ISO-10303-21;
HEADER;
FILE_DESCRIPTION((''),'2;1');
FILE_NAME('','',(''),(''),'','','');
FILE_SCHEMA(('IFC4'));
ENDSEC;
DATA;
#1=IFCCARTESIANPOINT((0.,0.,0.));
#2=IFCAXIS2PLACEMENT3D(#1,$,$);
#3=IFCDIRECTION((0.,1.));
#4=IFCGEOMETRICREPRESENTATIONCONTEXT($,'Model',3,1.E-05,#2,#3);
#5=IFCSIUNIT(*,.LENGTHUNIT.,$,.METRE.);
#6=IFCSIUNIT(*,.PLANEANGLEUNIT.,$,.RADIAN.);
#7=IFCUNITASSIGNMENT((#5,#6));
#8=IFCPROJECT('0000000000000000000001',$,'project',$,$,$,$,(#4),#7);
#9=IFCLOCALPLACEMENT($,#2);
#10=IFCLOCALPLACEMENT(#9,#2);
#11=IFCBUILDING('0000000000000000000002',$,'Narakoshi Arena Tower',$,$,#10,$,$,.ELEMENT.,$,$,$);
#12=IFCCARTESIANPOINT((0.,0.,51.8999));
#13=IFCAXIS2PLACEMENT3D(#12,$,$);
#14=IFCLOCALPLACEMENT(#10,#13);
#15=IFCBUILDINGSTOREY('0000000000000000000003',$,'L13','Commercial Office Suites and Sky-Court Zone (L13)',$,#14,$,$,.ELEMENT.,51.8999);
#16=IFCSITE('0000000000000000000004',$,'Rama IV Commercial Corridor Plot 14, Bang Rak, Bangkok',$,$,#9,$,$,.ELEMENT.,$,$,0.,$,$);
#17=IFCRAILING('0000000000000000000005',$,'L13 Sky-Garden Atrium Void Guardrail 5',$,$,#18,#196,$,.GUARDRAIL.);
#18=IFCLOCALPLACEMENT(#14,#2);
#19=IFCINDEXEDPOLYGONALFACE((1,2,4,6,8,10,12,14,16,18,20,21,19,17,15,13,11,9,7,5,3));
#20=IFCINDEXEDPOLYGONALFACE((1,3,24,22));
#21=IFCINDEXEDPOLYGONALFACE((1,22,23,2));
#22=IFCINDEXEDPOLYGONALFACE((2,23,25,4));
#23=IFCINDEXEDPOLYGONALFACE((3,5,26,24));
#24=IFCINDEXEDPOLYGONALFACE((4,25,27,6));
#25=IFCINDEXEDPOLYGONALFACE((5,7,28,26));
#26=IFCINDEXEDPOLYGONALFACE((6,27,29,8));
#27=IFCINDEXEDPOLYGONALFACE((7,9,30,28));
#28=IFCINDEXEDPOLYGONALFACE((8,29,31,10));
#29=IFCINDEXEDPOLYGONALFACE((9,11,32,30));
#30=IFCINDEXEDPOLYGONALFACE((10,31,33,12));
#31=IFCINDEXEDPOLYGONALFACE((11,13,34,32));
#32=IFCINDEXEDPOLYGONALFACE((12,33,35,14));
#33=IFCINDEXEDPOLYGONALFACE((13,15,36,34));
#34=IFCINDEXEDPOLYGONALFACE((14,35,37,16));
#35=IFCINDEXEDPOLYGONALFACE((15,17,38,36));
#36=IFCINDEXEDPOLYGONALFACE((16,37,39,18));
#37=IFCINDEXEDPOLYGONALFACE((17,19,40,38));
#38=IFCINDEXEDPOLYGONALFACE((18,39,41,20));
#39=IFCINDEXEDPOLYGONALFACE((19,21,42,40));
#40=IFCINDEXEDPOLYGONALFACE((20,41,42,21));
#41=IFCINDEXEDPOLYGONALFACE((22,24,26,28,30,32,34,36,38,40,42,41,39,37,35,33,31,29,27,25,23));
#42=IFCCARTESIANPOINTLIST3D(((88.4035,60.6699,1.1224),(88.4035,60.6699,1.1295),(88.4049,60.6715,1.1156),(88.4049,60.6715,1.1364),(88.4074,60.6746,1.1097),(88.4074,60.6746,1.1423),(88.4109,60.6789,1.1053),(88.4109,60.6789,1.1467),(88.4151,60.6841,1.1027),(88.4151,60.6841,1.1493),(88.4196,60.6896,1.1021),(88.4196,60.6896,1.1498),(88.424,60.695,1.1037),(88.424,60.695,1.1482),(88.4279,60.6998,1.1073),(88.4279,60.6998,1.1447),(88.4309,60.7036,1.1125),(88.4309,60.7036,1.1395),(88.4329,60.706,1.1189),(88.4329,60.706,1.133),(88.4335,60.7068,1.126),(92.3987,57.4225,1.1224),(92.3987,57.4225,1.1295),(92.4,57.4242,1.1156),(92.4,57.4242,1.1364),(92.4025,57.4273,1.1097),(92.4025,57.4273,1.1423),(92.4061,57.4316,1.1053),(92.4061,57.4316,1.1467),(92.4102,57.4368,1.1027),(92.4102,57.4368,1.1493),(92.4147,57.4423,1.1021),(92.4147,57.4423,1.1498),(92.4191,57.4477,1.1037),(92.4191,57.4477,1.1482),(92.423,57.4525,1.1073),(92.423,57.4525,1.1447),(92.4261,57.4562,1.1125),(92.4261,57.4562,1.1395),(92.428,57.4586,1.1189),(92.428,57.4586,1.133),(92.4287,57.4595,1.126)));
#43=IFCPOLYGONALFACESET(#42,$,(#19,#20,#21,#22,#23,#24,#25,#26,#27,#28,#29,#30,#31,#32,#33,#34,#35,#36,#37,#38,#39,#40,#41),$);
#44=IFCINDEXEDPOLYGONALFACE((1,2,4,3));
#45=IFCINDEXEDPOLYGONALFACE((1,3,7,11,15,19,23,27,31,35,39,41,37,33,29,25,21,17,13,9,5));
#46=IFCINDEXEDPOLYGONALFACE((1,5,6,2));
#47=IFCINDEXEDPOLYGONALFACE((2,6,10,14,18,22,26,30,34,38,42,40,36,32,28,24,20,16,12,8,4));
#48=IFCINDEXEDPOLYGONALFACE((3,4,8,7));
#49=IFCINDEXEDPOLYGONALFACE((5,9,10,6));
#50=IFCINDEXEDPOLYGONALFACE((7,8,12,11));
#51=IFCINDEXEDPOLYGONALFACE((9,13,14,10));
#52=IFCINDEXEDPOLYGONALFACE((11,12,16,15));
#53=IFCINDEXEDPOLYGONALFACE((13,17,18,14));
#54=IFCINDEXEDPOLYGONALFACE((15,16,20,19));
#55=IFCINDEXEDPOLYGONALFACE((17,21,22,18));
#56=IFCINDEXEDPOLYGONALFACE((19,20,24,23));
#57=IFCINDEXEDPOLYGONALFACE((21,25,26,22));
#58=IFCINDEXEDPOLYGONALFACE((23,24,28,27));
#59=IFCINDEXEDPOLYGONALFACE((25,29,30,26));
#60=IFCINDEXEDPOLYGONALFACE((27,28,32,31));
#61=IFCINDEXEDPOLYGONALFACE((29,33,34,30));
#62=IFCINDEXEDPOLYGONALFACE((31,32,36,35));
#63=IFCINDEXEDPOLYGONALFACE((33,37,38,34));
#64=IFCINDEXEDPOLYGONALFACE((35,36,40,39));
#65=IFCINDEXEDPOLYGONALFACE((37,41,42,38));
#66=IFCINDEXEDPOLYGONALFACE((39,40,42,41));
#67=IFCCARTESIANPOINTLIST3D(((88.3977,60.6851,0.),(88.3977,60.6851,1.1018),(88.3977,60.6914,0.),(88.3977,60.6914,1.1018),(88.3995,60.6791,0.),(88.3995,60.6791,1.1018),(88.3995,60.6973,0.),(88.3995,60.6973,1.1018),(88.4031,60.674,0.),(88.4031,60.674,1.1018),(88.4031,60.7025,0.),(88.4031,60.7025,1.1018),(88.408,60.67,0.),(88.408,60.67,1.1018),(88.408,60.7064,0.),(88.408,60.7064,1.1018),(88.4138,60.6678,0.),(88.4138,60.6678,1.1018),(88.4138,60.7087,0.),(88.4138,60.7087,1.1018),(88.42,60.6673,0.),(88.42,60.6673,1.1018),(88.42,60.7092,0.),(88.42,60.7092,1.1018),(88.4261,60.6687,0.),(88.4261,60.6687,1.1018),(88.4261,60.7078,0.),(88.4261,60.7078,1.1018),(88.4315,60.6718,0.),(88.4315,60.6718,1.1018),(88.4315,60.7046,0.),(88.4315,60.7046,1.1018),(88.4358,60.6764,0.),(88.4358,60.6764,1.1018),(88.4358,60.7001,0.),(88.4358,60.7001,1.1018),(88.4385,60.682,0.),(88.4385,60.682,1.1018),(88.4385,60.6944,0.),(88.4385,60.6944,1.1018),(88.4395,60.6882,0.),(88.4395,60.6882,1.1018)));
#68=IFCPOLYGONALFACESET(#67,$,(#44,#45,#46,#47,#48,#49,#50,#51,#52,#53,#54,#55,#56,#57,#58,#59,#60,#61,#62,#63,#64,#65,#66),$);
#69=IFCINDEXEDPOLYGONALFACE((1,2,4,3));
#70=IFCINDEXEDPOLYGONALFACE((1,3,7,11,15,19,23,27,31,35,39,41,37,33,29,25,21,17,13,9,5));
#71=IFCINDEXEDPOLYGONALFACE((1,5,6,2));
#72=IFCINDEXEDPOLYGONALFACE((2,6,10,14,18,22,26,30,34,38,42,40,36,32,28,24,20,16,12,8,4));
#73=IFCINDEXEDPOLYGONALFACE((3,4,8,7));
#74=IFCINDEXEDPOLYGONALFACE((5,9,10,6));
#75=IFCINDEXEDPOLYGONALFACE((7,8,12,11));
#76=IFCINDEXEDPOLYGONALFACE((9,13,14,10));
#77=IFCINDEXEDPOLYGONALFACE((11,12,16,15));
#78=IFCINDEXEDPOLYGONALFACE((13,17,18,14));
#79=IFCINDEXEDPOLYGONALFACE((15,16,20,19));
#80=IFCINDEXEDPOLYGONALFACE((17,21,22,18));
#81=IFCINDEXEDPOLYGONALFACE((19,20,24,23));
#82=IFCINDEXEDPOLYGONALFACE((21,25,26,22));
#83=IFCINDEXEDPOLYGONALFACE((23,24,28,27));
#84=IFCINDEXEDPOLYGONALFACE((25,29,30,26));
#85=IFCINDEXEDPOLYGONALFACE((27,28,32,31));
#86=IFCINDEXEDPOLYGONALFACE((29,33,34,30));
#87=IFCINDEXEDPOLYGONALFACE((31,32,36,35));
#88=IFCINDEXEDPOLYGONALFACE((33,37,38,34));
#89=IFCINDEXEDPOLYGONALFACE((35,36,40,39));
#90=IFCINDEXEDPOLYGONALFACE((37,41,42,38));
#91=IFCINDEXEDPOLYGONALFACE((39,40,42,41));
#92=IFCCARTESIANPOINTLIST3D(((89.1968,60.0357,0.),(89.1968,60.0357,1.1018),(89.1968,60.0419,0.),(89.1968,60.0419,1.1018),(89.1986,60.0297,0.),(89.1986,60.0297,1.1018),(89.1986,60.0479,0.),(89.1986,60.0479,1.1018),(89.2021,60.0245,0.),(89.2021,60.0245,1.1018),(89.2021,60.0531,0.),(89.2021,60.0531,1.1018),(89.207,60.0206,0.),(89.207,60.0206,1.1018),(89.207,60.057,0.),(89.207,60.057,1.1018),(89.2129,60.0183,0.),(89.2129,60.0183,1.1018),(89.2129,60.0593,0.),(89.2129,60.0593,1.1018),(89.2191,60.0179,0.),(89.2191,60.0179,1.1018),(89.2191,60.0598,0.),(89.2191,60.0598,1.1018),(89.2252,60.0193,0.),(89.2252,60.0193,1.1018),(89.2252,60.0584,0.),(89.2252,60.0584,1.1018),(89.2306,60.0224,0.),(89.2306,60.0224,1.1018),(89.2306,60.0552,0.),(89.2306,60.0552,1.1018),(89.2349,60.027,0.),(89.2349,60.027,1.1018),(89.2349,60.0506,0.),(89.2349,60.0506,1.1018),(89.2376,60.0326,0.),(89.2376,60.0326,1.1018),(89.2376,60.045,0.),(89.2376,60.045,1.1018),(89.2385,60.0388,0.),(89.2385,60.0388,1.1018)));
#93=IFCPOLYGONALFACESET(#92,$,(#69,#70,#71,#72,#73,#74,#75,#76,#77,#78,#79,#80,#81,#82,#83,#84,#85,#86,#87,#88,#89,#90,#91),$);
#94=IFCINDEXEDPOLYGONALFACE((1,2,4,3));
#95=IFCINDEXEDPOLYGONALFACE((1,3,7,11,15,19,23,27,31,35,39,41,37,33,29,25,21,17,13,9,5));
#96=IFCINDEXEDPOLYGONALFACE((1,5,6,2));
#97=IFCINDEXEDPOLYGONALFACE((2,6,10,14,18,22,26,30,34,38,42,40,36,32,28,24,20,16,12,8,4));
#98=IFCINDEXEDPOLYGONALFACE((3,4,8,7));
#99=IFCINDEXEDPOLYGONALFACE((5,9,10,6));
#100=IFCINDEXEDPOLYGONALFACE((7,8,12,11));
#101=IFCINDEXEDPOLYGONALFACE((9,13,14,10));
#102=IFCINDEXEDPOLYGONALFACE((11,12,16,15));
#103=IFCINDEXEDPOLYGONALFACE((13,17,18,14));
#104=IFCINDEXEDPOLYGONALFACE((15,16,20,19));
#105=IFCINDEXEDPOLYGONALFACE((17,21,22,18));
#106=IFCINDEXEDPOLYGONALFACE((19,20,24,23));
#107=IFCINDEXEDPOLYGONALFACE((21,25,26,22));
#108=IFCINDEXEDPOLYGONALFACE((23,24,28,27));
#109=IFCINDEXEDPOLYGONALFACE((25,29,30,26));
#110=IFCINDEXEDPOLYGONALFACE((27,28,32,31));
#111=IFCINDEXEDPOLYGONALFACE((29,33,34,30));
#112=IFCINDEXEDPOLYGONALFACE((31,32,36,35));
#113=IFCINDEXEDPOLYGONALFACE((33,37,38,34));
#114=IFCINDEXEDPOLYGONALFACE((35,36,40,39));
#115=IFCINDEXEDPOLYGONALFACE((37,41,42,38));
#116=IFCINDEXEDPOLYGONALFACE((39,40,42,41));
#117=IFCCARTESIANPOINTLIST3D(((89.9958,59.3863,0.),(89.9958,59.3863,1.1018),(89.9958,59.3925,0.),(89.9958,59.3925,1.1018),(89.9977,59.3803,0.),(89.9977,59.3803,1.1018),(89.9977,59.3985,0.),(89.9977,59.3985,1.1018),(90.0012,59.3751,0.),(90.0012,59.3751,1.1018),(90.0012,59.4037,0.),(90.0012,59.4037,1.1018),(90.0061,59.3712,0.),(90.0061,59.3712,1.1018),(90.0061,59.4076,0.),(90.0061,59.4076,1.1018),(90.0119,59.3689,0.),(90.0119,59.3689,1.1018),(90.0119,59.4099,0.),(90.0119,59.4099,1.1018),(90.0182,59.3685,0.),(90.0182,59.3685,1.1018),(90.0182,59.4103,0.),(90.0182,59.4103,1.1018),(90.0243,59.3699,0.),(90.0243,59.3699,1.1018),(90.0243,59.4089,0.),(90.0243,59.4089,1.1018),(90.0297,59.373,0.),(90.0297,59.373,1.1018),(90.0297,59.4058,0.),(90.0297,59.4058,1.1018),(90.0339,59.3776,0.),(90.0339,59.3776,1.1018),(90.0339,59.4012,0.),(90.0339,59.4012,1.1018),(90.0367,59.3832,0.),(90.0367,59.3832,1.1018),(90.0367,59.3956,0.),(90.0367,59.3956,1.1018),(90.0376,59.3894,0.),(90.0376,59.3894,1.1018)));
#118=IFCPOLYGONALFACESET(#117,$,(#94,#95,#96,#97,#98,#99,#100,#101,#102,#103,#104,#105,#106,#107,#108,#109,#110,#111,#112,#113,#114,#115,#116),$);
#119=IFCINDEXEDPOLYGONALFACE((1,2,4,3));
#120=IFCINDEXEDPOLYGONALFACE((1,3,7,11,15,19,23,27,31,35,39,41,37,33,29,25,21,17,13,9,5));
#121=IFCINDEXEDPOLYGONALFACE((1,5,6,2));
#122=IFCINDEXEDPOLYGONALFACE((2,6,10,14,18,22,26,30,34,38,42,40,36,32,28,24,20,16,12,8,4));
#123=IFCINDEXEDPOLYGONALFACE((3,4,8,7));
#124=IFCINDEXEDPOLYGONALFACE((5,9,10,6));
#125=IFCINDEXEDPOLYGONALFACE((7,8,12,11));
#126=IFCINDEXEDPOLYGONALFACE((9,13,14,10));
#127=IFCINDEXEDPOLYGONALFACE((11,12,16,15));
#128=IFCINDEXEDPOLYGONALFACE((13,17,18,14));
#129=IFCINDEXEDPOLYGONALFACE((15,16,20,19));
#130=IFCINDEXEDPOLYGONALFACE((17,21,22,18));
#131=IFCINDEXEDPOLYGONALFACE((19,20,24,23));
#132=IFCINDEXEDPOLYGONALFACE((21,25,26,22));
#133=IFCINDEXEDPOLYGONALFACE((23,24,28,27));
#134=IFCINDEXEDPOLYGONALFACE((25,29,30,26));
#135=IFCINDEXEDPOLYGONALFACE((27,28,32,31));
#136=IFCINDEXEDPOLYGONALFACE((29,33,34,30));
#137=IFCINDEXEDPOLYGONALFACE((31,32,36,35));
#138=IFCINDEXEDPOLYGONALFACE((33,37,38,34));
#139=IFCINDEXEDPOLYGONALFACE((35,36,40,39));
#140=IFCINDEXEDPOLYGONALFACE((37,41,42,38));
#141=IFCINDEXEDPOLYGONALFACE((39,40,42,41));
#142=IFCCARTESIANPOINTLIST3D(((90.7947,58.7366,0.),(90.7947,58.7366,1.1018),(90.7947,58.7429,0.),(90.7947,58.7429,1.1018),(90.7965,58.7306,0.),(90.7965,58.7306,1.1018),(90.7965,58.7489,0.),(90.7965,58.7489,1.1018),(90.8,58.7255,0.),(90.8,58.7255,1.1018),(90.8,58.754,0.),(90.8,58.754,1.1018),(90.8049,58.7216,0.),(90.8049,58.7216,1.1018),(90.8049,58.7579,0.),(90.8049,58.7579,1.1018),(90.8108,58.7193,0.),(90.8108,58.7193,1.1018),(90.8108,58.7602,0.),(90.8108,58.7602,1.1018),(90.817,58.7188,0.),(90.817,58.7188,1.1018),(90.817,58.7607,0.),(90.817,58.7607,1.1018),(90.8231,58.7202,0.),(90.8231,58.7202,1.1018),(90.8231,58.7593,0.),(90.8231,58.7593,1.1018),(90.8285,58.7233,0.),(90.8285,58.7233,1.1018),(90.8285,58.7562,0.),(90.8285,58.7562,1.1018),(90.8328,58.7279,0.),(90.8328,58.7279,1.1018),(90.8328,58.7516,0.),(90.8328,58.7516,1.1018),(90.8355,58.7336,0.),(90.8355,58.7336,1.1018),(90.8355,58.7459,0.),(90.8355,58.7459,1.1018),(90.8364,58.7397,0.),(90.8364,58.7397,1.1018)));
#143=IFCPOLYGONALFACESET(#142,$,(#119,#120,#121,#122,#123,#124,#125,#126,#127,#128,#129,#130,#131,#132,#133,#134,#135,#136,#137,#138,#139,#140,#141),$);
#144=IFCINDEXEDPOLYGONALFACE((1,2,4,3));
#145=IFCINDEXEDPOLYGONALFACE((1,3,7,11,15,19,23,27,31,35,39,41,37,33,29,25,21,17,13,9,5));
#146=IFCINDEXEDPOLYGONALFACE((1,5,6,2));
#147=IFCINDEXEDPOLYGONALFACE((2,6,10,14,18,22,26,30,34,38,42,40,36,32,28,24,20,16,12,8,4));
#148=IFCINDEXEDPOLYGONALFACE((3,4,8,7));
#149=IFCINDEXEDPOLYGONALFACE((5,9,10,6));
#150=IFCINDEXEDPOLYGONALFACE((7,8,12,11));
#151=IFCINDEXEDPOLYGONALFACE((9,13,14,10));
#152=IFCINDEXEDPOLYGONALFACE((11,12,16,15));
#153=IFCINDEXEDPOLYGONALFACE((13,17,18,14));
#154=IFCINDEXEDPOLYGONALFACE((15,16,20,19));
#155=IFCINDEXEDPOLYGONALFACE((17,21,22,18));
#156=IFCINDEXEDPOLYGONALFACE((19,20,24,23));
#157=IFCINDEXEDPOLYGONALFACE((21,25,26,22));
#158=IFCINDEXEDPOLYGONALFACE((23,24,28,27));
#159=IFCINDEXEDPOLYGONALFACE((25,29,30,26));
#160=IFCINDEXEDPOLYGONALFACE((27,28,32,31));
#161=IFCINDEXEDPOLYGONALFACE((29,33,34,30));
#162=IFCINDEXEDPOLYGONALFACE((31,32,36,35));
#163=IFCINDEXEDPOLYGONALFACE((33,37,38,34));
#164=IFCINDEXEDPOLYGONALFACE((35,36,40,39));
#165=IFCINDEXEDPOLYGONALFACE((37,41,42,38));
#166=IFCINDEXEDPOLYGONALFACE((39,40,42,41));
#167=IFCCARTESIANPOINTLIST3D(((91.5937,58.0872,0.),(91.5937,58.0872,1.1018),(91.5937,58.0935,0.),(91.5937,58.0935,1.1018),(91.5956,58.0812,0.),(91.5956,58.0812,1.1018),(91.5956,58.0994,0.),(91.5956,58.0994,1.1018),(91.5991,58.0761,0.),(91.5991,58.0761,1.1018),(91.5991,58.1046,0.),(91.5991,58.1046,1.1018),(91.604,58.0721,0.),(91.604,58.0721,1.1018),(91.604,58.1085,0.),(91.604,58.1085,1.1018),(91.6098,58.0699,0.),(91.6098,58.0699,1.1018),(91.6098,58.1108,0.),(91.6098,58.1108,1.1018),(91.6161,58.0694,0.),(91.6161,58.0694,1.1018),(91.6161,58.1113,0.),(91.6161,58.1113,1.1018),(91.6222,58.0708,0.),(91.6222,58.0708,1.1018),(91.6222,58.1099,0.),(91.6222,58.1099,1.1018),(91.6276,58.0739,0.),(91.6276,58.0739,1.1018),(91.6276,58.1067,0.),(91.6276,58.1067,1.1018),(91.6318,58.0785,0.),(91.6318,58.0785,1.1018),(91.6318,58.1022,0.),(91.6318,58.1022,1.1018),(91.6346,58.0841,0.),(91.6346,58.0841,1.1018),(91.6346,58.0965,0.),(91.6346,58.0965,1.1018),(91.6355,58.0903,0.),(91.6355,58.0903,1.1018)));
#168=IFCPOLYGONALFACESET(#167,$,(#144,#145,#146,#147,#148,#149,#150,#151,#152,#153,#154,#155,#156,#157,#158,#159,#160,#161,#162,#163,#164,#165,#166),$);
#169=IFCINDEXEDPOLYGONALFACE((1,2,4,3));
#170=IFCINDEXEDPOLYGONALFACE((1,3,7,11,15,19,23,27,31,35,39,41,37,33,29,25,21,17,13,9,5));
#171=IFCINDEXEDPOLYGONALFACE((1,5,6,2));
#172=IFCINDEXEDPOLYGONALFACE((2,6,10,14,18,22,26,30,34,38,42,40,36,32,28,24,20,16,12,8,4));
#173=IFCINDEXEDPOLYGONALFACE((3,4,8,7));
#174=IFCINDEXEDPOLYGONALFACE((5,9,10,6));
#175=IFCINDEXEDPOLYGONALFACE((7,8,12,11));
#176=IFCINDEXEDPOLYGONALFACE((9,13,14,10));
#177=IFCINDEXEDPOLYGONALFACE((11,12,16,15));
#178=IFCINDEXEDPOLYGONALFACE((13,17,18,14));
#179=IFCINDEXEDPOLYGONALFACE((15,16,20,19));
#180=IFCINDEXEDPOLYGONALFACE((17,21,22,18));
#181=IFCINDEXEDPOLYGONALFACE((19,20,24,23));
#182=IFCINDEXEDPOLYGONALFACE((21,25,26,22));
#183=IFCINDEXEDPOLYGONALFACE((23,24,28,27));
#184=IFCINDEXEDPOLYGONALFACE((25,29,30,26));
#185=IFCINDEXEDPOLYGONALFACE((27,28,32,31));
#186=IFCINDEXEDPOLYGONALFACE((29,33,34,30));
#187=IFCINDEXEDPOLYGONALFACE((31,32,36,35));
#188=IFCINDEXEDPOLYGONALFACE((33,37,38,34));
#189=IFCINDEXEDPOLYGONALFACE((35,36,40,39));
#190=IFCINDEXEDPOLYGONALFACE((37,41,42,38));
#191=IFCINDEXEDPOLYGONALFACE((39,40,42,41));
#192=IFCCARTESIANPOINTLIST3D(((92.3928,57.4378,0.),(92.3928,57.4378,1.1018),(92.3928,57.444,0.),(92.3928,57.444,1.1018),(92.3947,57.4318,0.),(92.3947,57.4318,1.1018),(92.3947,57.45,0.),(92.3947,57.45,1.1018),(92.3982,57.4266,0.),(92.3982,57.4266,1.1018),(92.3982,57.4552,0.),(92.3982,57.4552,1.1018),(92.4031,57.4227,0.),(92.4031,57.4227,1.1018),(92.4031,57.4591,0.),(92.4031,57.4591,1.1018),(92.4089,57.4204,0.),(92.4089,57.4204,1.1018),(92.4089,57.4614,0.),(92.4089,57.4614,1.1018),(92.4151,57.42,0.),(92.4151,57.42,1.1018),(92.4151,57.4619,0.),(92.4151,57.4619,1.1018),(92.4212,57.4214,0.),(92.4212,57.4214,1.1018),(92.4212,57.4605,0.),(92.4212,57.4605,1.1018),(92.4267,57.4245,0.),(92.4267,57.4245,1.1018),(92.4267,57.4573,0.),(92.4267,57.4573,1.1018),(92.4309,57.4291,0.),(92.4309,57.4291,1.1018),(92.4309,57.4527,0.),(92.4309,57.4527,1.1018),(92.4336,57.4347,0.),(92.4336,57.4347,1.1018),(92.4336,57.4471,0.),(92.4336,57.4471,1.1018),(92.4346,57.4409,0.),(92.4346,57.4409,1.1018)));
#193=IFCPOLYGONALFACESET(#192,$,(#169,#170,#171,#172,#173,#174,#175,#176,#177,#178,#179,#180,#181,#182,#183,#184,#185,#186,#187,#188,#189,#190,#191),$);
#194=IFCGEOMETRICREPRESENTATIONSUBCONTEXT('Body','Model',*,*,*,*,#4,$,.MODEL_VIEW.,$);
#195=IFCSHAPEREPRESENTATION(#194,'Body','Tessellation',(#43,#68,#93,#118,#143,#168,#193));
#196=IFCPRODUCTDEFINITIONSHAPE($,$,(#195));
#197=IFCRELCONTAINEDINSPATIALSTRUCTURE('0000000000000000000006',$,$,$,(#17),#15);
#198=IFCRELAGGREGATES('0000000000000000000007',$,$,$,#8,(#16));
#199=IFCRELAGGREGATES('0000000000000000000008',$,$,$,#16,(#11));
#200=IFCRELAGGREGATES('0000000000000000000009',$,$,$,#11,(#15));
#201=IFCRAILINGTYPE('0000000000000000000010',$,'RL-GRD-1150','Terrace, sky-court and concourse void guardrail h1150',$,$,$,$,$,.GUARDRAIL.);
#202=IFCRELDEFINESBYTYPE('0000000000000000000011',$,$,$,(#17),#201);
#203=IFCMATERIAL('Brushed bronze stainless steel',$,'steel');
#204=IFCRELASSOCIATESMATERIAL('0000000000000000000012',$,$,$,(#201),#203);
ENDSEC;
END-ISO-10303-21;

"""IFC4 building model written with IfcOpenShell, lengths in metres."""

from ifc_helpers import new_model, si_unit, direction, frame, origin, origin_2d, place, context, subcontext, project, spatial, circle, extrude, material, type_object, element, save


model = new_model("IFC4")

# Units and contexts
model_context = context("Model", 3, precision=1e-05, world=origin(), true_north=direction((0.0, 1.0)))
body_context = subcontext(model_context, "Body", "Model", "MODEL_VIEW")
ifc_project = project(units=[si_unit("LENGTHUNIT", "METRE"), si_unit("PLANEANGLEUNIT", "RADIAN")], contexts=[model_context])

# Site, building, storey
site_placement = place(None, origin())
site = spatial("IfcSite", under=ifc_project, at=site_placement, Name="Rama IV Commercial Corridor Plot 14, Bang Rak, Bangkok", CompositionType="ELEMENT", RefElevation=0.0)
building_placement = place(site_placement, origin())
building = spatial("IfcBuilding", under=site, at=building_placement, Name="Narakoshi Arena Tower", CompositionType="ELEMENT")
storey_placement = place(building_placement, frame((0.0, 0.0, 51.8999)))
storey = spatial("IfcBuildingStorey", under=building, at=storey_placement, Name="L13", Description="Commercial Office Suites and Sky-Court Zone (L13)", CompositionType="ELEMENT", Elevation=51.8999)

# Railing
ifc_material_1 = material(Name="Brushed bronze stainless steel", Category="steel")
railing_type = type_object("IfcRailingType", Name="RL-GRD-1150", Description="Terrace, sky-court and concourse void guardrail h1150", PredefinedType="GUARDRAIL", material=ifc_material_1)
railing_1_placement = place(storey_placement, frame((88.4185, 60.6882, 0.0)))
element("IfcRailing", 1, at=railing_1_placement, inside=storey, type_object=railing_type, Name="L13 Sky-Garden Atrium Void Guardrail 5", PredefinedType="GUARDRAIL", context=body_context, shape_type="SweptSolid", body=[
    extrude(circle(Radius=0.0239, at=origin_2d()), frame((0.0, 0.0, 1.126), z_axis=(0.775992, -0.630743, 0.0), x_axis=(0.630743, 0.775992, 0.0)), (0.0, 0.0, 1.0), 5.1484),
    extrude(circle(Radius=0.021, at=origin_2d()), origin(), (0.0, 0.0, 1.0), 1.1018),
    extrude(circle(Radius=0.021, at=origin_2d()), frame((0.7991, -0.6494, 0.0)), (0.0, 0.0, 1.0), 1.1018),
    extrude(circle(Radius=0.021, at=origin_2d()), frame((1.5981, -1.2988, 0.0)), (0.0, 0.0, 1.0), 1.1018),
    extrude(circle(Radius=0.021, at=origin_2d()), frame((2.397, -1.9485, 0.0)), (0.0, 0.0, 1.0), 1.1018),
    extrude(circle(Radius=0.021, at=origin_2d()), frame((3.196, -2.5979, 0.0)), (0.0, 0.0, 1.0), 1.1018),
    extrude(circle(Radius=0.021, at=origin_2d()), frame((3.9951, -3.2473, 0.0)), (0.0, 0.0, 1.0), 1.1018),
])

save(model, "model.ifc")
